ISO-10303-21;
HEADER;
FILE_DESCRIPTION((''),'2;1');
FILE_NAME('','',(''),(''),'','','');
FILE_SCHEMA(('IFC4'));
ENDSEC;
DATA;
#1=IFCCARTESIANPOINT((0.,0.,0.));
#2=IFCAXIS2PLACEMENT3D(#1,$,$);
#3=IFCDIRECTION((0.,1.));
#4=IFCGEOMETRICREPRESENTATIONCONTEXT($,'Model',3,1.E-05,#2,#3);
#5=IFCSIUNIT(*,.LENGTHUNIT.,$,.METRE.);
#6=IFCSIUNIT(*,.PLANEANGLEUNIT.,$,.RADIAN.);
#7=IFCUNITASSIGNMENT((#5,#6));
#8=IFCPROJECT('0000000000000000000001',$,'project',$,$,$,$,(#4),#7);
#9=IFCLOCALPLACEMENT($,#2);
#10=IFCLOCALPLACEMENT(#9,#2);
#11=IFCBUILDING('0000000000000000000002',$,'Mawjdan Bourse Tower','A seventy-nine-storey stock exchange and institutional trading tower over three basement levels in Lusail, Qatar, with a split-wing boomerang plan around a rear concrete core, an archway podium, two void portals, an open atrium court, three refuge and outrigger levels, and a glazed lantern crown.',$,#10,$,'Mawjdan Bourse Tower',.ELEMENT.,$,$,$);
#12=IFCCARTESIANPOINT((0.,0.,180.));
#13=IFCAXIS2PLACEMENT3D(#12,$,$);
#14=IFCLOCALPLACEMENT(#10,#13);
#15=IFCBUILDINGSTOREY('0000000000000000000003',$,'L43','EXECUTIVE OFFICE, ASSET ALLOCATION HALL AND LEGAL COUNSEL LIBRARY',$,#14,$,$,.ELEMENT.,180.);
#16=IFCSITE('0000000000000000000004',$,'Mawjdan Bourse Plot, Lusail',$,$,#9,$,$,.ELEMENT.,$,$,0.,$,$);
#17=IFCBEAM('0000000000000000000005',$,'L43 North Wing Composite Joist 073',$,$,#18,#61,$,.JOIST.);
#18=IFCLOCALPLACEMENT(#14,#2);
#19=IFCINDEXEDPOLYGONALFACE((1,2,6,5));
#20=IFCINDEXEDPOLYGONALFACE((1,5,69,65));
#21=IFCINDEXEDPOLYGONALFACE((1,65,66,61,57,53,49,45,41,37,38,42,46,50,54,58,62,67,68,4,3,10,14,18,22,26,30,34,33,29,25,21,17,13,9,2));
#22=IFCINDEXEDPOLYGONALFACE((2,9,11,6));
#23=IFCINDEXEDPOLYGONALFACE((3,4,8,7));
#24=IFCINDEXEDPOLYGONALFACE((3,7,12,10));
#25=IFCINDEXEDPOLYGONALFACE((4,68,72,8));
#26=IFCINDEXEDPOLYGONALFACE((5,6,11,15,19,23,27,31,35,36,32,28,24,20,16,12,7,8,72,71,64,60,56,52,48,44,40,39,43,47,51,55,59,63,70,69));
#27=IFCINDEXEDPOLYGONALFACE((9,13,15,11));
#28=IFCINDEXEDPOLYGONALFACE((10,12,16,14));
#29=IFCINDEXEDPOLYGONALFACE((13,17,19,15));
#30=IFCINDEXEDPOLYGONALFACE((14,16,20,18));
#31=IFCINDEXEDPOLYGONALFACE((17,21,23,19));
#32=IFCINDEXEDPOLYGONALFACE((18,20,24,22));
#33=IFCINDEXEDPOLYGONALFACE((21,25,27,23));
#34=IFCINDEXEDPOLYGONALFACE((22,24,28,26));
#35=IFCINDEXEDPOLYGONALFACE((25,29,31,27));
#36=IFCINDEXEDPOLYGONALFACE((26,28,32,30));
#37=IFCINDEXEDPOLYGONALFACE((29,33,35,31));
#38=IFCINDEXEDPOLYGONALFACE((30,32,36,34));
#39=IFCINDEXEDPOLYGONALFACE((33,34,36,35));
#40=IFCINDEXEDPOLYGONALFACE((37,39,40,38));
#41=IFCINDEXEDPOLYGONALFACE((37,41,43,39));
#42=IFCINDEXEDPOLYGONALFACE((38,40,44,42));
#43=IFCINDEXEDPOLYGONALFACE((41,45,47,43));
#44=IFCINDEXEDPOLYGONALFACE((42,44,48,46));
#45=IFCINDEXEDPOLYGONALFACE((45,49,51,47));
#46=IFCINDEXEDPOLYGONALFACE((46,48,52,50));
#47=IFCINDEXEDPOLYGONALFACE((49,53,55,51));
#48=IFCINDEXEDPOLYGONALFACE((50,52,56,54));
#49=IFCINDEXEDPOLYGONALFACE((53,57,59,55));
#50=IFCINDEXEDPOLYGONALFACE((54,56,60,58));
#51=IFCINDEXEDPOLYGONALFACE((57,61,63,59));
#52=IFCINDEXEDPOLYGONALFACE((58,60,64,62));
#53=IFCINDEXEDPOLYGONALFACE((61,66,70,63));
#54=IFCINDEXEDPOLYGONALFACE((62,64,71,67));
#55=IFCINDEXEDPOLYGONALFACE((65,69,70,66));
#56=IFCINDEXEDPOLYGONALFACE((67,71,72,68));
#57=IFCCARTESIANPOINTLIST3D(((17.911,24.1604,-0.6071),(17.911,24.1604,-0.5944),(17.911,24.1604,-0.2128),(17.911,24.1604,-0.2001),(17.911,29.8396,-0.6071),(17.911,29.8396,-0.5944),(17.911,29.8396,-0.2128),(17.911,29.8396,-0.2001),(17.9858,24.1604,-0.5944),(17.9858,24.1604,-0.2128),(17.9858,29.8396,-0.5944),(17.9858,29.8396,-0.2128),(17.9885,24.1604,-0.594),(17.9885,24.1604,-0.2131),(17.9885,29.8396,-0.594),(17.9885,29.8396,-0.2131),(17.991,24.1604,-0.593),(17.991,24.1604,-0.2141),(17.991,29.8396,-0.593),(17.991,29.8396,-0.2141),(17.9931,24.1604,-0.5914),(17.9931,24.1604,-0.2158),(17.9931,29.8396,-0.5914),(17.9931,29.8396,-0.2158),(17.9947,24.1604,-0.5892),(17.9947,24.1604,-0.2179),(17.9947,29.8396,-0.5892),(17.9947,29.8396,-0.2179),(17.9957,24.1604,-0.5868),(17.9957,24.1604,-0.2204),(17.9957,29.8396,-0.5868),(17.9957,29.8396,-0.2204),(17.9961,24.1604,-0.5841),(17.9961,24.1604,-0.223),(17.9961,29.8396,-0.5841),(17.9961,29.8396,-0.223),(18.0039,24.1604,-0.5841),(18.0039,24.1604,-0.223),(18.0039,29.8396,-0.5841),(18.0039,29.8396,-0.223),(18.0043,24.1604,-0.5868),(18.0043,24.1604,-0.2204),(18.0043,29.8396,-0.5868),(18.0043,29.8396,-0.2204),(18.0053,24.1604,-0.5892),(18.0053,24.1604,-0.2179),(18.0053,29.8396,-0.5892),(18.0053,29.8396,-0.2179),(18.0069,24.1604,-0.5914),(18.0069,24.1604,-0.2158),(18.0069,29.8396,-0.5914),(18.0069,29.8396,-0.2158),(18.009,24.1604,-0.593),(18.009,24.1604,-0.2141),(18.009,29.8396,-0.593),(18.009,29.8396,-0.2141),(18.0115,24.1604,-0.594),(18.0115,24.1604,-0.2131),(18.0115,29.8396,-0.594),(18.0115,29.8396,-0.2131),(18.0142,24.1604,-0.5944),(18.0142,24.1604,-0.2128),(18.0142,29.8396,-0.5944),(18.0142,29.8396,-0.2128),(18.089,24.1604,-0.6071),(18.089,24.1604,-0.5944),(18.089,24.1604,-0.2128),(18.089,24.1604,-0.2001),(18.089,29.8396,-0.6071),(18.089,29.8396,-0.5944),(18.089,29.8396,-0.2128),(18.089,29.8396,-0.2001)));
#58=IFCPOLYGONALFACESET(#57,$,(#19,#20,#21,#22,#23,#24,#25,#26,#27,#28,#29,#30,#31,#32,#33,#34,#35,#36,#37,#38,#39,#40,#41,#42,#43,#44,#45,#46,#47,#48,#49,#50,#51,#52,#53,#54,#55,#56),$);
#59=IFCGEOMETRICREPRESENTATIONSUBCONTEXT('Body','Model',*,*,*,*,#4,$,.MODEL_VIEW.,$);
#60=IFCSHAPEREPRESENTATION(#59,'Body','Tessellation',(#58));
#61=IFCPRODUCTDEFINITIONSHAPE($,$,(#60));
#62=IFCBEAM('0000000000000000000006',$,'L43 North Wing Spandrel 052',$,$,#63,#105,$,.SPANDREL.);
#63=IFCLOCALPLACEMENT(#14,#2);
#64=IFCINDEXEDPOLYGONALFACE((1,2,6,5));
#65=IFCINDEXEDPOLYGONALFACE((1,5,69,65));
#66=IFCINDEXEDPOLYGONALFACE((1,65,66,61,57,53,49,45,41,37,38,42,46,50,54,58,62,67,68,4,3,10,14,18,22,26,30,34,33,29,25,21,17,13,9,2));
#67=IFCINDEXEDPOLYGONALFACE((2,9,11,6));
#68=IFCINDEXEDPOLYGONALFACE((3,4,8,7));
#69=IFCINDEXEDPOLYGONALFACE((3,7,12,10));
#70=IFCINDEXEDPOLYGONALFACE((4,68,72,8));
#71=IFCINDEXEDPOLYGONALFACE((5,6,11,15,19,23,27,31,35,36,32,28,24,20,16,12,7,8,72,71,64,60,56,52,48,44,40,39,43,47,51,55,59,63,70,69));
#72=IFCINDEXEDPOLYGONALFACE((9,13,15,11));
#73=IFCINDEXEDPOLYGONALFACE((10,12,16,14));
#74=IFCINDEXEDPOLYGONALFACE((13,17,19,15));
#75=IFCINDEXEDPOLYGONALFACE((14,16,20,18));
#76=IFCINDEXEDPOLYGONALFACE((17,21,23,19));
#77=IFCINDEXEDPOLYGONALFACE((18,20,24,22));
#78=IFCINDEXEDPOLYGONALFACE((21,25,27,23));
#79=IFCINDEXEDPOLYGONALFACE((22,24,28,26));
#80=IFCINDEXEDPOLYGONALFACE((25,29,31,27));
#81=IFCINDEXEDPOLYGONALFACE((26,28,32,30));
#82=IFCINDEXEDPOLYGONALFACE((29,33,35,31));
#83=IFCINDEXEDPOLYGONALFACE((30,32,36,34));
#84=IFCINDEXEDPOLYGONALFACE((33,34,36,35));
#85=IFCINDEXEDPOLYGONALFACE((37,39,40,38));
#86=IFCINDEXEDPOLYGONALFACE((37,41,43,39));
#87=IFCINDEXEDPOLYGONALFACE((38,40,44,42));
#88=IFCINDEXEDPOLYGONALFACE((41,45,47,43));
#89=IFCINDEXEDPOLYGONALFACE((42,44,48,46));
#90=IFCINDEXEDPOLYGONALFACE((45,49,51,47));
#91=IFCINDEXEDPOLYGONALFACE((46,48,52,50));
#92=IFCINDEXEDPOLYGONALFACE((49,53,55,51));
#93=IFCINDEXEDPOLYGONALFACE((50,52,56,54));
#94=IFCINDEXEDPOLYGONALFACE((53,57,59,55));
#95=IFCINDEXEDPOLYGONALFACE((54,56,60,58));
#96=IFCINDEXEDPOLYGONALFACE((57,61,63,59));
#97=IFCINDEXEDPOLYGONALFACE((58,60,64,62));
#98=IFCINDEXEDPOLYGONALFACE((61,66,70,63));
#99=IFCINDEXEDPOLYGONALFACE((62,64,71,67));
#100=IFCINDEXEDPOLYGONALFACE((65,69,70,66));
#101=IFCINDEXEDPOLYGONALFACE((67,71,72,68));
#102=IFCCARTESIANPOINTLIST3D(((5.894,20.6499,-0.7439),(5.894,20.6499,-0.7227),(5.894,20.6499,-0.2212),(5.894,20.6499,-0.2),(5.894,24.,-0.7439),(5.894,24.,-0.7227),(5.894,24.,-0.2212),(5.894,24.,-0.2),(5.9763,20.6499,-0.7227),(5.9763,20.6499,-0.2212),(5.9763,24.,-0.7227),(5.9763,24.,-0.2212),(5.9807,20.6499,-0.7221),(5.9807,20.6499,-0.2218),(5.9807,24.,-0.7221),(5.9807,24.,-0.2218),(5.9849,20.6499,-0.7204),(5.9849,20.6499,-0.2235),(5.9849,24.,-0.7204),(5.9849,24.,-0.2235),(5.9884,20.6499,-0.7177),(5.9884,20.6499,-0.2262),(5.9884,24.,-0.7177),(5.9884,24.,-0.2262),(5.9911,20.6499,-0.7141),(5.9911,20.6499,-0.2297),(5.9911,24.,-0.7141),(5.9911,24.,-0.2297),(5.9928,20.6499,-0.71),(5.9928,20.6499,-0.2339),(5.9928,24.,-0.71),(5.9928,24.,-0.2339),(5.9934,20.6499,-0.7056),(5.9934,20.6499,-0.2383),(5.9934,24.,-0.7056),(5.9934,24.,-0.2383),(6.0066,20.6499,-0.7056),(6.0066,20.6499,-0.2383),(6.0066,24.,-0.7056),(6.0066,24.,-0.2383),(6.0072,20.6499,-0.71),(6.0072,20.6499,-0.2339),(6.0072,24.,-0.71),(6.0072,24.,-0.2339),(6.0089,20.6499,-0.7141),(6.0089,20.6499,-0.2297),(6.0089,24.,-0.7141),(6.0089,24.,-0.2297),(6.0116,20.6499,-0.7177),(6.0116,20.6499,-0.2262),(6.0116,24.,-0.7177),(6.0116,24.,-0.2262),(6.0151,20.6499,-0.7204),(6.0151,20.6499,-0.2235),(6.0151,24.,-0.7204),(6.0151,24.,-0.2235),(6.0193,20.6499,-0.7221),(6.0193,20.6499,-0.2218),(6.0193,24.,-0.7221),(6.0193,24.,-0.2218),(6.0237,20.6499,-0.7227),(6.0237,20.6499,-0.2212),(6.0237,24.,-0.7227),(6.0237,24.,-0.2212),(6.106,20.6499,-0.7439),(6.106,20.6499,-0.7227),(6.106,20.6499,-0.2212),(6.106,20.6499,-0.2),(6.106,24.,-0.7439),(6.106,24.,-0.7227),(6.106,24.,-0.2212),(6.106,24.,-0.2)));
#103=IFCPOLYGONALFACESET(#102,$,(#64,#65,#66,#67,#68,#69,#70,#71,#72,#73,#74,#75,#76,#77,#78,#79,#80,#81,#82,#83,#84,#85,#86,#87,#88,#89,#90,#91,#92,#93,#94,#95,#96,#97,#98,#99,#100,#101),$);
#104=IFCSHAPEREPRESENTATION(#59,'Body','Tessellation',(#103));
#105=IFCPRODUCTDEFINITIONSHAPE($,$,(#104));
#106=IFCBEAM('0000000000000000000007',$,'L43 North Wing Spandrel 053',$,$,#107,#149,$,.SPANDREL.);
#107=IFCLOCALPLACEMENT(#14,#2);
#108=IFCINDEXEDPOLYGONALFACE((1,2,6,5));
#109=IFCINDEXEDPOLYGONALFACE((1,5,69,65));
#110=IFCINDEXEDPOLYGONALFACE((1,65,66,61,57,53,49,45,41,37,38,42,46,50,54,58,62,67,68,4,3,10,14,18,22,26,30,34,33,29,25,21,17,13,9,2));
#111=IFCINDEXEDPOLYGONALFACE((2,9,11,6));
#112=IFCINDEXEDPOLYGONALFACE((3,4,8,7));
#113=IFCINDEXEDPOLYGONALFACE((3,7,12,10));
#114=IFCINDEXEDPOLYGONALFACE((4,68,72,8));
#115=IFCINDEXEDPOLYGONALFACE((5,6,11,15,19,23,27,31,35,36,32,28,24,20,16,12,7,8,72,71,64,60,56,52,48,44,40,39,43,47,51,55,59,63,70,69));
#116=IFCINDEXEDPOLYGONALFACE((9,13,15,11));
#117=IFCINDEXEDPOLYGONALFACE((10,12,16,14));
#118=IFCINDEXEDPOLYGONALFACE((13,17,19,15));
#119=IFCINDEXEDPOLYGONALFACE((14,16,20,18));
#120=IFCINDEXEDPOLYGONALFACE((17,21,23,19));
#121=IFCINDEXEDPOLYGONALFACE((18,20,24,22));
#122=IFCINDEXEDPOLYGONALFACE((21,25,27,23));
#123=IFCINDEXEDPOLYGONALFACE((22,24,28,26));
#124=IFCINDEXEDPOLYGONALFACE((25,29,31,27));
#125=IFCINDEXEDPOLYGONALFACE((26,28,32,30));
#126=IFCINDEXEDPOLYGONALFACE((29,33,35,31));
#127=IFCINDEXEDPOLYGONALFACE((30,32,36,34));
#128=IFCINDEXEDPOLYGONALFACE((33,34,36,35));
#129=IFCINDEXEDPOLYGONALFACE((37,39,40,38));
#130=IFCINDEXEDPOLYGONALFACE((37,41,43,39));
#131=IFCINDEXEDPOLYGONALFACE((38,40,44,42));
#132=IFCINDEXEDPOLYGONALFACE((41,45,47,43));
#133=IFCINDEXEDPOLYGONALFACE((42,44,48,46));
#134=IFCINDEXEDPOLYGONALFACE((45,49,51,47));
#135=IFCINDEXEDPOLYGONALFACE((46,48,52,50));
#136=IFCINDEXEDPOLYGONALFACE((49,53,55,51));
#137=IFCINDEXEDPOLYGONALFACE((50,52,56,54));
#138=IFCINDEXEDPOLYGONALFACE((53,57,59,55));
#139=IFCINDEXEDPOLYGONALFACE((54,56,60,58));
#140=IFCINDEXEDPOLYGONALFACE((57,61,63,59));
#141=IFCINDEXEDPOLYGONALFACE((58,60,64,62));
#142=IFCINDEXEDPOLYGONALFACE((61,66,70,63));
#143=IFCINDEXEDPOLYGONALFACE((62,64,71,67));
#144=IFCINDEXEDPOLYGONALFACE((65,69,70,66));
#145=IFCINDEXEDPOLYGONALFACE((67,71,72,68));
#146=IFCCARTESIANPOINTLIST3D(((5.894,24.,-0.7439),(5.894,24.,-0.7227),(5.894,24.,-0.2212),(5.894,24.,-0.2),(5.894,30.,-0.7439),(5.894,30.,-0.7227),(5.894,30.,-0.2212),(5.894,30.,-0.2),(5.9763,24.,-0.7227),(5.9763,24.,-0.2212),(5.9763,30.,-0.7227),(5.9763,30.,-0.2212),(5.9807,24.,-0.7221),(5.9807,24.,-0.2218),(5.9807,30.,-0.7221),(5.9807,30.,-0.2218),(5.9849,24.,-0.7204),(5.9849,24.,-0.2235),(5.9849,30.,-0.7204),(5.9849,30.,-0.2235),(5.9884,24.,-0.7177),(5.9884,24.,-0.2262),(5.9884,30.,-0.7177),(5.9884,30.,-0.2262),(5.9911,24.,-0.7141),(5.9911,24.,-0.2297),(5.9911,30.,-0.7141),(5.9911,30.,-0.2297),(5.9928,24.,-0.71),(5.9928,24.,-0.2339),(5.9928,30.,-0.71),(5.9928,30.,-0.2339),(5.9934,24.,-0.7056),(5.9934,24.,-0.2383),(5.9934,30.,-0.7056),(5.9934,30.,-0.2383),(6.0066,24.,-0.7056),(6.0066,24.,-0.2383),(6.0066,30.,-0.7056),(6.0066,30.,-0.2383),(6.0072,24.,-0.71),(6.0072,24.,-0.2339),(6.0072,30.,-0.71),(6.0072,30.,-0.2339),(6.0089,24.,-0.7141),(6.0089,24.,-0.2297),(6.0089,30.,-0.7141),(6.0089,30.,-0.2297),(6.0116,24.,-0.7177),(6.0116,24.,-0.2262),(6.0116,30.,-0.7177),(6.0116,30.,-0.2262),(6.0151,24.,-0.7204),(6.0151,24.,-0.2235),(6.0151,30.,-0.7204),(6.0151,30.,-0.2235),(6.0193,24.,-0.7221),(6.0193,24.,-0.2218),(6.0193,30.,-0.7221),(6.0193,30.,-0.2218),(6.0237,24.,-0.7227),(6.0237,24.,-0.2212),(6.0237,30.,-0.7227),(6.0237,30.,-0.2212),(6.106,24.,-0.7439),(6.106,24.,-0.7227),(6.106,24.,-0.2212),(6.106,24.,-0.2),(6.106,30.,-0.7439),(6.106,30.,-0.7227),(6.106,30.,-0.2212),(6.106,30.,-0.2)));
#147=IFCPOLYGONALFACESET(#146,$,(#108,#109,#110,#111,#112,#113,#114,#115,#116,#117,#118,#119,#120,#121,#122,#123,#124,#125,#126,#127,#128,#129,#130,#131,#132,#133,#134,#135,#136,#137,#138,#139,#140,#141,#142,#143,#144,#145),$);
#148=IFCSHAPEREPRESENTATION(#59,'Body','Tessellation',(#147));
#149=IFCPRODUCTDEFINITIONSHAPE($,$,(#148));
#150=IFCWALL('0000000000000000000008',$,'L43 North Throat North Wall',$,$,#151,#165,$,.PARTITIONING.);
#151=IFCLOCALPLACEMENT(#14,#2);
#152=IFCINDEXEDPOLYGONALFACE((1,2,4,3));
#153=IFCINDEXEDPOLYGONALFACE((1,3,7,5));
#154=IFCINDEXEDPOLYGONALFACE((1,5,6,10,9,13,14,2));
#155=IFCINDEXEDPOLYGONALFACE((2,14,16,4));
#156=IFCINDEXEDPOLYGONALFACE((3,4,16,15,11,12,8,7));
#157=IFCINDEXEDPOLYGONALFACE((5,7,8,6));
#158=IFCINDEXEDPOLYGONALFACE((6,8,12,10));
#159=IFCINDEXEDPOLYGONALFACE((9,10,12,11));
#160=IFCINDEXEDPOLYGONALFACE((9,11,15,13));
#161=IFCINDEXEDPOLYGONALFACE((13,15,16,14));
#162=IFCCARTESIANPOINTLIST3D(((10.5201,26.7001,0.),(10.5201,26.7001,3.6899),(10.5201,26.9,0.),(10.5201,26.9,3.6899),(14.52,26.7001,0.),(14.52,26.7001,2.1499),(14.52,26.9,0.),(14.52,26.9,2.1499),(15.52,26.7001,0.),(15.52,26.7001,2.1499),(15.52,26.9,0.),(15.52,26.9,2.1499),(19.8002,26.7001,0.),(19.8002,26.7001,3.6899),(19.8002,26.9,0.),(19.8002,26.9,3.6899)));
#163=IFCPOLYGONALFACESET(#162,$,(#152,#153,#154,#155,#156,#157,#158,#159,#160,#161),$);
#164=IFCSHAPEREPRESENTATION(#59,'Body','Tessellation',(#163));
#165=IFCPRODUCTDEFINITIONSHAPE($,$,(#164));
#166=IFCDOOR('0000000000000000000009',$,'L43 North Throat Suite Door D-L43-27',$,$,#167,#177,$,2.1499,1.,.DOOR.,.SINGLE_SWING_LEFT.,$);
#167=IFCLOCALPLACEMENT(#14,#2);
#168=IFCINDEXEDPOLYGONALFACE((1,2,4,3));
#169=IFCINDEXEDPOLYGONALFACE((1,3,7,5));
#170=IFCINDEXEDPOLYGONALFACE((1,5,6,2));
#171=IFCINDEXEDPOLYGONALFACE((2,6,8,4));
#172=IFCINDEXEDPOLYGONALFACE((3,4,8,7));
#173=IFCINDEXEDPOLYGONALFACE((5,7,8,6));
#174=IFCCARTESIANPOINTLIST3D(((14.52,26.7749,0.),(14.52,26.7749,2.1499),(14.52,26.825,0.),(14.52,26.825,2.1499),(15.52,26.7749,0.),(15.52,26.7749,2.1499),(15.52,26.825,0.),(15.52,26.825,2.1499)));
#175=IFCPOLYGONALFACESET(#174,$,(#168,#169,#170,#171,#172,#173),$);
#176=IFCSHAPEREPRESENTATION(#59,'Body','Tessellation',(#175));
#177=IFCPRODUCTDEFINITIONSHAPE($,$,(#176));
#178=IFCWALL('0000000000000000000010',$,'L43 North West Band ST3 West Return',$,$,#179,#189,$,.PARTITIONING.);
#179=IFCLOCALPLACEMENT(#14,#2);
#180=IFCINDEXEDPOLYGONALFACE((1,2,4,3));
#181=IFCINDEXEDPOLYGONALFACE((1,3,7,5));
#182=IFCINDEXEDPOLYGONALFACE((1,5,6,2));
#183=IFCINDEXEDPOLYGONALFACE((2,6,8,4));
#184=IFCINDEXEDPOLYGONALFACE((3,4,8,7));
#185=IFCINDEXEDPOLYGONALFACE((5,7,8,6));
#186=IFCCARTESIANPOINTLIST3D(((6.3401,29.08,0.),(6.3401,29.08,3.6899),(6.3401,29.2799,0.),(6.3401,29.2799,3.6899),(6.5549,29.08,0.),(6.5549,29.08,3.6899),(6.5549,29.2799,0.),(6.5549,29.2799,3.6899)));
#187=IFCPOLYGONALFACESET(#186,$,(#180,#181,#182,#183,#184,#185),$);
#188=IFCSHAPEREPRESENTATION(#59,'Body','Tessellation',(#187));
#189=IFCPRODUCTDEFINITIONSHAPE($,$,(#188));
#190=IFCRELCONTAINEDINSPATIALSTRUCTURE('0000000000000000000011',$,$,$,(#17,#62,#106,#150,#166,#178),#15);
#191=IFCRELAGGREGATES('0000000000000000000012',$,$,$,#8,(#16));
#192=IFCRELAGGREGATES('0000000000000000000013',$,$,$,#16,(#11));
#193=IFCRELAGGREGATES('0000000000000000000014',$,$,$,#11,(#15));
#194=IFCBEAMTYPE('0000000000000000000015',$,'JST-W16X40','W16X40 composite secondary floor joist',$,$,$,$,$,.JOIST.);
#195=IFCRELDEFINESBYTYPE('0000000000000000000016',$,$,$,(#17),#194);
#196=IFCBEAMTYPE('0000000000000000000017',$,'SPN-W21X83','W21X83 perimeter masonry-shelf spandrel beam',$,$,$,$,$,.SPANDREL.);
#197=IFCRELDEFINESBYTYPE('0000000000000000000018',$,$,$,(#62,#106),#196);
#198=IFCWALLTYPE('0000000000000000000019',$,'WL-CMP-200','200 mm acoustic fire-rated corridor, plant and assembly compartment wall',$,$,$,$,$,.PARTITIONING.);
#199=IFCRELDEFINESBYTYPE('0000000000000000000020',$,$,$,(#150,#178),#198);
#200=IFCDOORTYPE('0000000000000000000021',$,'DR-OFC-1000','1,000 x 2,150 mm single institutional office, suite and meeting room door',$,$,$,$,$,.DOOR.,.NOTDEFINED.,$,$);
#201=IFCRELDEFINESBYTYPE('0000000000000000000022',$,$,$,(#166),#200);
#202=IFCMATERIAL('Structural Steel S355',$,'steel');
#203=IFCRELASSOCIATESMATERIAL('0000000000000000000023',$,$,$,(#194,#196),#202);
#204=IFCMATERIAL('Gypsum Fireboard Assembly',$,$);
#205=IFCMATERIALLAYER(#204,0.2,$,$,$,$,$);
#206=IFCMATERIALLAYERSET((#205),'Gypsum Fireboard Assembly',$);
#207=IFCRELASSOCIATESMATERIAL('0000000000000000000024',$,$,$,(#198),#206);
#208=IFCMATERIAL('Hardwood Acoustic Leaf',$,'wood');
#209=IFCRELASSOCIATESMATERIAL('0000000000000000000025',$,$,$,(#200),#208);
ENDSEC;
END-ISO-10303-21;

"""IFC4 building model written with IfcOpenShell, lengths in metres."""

from ifc_helpers import new_model, si_unit, direction, frame, frame_2d, origin, origin_2d, place, context, subcontext, project, spatial, rectangle, i_section, extrude, material, layer, layer_set, material_profile, profile_set, type_object, element, fill, save


model = new_model("IFC4")

# Units and contexts
model_context = context("Model", 3, precision=1e-05, world=origin(), true_north=direction((0.0, 1.0)))
body_context = subcontext(model_context, "Body", "Model", "MODEL_VIEW")
ifc_project = project(units=[si_unit("LENGTHUNIT", "METRE"), si_unit("PLANEANGLEUNIT", "RADIAN")], contexts=[model_context])

# Site, building, storey
site_placement = place(None, origin())
site = spatial("IfcSite", under=ifc_project, at=site_placement, Name="Mawjdan Bourse Plot, Lusail", CompositionType="ELEMENT", RefElevation=0.0)
building_placement = place(site_placement, origin())
building = spatial("IfcBuilding", under=site, at=building_placement, Name="Mawjdan Bourse Tower", Description="A seventy-nine-storey stock exchange and institutional trading tower over three basement levels in Lusail, Qatar, with a split-wing boomerang plan around a rear concrete core, an archway podium, two void portals, an open atrium court, three refuge and outrigger levels, and a glazed lantern crown.", LongName="Mawjdan Bourse Tower", CompositionType="ELEMENT")
storey_placement = place(building_placement, frame((0.0, 0.0, 180.0)))
storey = spatial("IfcBuildingStorey", under=building, at=storey_placement, Name="L43", Description="EXECUTIVE OFFICE, ASSET ALLOCATION HALL AND LEGAL COUNSEL LIBRARY", CompositionType="ELEMENT", Elevation=180.0)

# Beams
ifc_material_1 = material(Name="Structural Steel S355", Category="steel")
ifc_material_profile_1 = material_profile(ifc_material_1, i_section(OverallWidth=0.178, OverallDepth=0.407, WebThickness=0.0078, FlangeThickness=0.0127, FilletRadius=0.0103, at=origin_2d()), Name="W16X40")
ifc_profile_set_1 = profile_set([ifc_material_profile_1], Name="Structural Steel S355")
beam_type_1 = type_object("IfcBeamType", Name="JST-W16X40", Description="W16X40 composite secondary floor joist", PredefinedType="JOIST", material=ifc_profile_set_1)
beam_1_placement = place(storey_placement, frame((18.0, 24.1604, -0.4036), z_axis=(0.0, 1.0, 0.0), x_axis=(-1.0, 0.0, 0.0)))
element("IfcBeam", 1, at=beam_1_placement, inside=storey, type_object=beam_type_1, Name="L43 North Wing Composite Joist 073", PredefinedType="JOIST", context=body_context, shape_type="SweptSolid", body=[
    extrude(i_section(OverallWidth=0.178, OverallDepth=0.407, WebThickness=0.0078, FlangeThickness=0.0127, FilletRadius=0.0103, at=origin_2d()), origin(), (0.0, 0.0, 1.0), 5.6792),
])
ifc_material_profile_2 = material_profile(ifc_material_1, i_section(OverallWidth=0.2119, OverallDepth=0.5439, WebThickness=0.0132, FlangeThickness=0.0212, FilletRadius=0.0171, at=origin_2d()), Name="W21X83")
ifc_profile_set_2 = profile_set([ifc_material_profile_2], Name="Structural Steel S355")
beam_type_2 = type_object("IfcBeamType", Name="SPN-W21X83", Description="W21X83 perimeter masonry-shelf spandrel beam", PredefinedType="SPANDREL", material=ifc_profile_set_2)
beam_2_placement = place(storey_placement, frame((6.0, 20.6499, -0.4719), z_axis=(0.0, 1.0, 0.0), x_axis=(-1.0, 0.0, 0.0)))
element("IfcBeam", 2, at=beam_2_placement, inside=storey, type_object=beam_type_2, Name="L43 North Wing Spandrel 052", PredefinedType="SPANDREL", context=body_context, shape_type="SweptSolid", body=[
    extrude(i_section(OverallWidth=0.2119, OverallDepth=0.5439, WebThickness=0.0132, FlangeThickness=0.0212, FilletRadius=0.0171, at=origin_2d()), origin(), (0.0, 0.0, 1.0), 3.3501),
])
beam_3_placement = place(storey_placement, frame((6.0, 24.0, -0.4719), z_axis=(0.0, 1.0, 0.0), x_axis=(-1.0, 0.0, 0.0)))
element("IfcBeam", 3, at=beam_3_placement, inside=storey, type_object=beam_type_2, Name="L43 North Wing Spandrel 053", PredefinedType="SPANDREL", context=body_context, shape_type="SweptSolid", body=[
    extrude(i_section(OverallWidth=0.2119, OverallDepth=0.5439, WebThickness=0.0132, FlangeThickness=0.0212, FilletRadius=0.0171, at=origin_2d()), origin(), (0.0, 0.0, 1.0), 6.0),
])

# Wall, opening, door
ifc_material_2 = material(Name="Gypsum Fireboard Assembly")
ifc_layer_1 = layer(ifc_material_2, 0.2)
ifc_layer_set_1 = layer_set([ifc_layer_1], Name="Gypsum Fireboard Assembly")
wall_type_1 = type_object("IfcWallType", Name="WL-CMP-200", Description="200 mm acoustic fire-rated corridor, plant and assembly compartment wall", PredefinedType="PARTITIONING", material=ifc_layer_set_1)
wall_1_placement = place(storey_placement, frame((10.52, 26.8, 0.0), z_axis=(0.0, 0.0, 1.0), x_axis=(1.0, 0.0, 0.0)))
wall_1 = element("IfcWall", 4, at=wall_1_placement, inside=storey, type_object=wall_type_1, Name="L43 North Throat North Wall", PredefinedType="PARTITIONING", context=body_context, shape_type="SweptSolid", body=[
    extrude(rectangle(XDim=9.28, YDim=0.2, at=frame_2d((4.6401, 0.0))), origin(), (0.0, 0.0, 1.0), 3.6899),
])
opening_1_placement = place(wall_1_placement, frame((4.0, 0.0, 0.0)))
opening_1 = element("IfcOpeningElement", 5, at=opening_1_placement, cuts=wall_1, PredefinedType="OPENING", context=body_context, shape_type="SweptSolid", body=[
    extrude(rectangle(XDim=1.0, YDim=2.1499, at=frame_2d((0.5, 1.075))), frame((0.0, 0.1099, 0.0), z_axis=(0.0, -1.0, 0.0), x_axis=(1.0, 0.0, 0.0)), (0.0, 0.0, 1.0), 0.22),
])
ifc_material_3 = material(Name="Hardwood Acoustic Leaf", Category="wood")
door_type_1 = type_object("IfcDoorType", Name="DR-OFC-1000", Description="1,000 x 2,150 mm single institutional office, suite and meeting room door", OperationType="NOTDEFINED", PredefinedType="DOOR", material=ifc_material_3)
door_1_placement = place(opening_1_placement, origin())
door_1 = element("IfcDoor", 6, at=door_1_placement, inside=storey, type_object=door_type_1, Name="L43 North Throat Suite Door D-L43-27", OperationType="SINGLE_SWING_LEFT", OverallHeight=2.1499, OverallWidth=1.0, PredefinedType="DOOR", context=body_context, shape_type="SweptSolid", body=[
    extrude(rectangle(XDim=1.0, YDim=2.1499, at=frame_2d((0.5, 1.075))), frame((0.0, 0.0249, 0.0), z_axis=(0.0, -1.0, 0.0), x_axis=(1.0, 0.0, 0.0)), (0.0, 0.0, 1.0), 0.05),
])
fill(opening_1, door_1)

# Wall
wall_2_placement = place(storey_placement, frame((6.3401, 29.1799, 0.0), z_axis=(0.0, 0.0, 1.0), x_axis=(1.0, 0.0, 0.0)))
element("IfcWall", 7, at=wall_2_placement, inside=storey, type_object=wall_type_1, Name="L43 North West Band ST3 West Return", PredefinedType="PARTITIONING", context=body_context, shape_type="SweptSolid", body=[
    extrude(rectangle(XDim=0.2148, YDim=0.2, at=frame_2d((0.1074, 0.0))), origin(), (0.0, 0.0, 1.0), 3.6899),
])

save(model, "model.ifc")
